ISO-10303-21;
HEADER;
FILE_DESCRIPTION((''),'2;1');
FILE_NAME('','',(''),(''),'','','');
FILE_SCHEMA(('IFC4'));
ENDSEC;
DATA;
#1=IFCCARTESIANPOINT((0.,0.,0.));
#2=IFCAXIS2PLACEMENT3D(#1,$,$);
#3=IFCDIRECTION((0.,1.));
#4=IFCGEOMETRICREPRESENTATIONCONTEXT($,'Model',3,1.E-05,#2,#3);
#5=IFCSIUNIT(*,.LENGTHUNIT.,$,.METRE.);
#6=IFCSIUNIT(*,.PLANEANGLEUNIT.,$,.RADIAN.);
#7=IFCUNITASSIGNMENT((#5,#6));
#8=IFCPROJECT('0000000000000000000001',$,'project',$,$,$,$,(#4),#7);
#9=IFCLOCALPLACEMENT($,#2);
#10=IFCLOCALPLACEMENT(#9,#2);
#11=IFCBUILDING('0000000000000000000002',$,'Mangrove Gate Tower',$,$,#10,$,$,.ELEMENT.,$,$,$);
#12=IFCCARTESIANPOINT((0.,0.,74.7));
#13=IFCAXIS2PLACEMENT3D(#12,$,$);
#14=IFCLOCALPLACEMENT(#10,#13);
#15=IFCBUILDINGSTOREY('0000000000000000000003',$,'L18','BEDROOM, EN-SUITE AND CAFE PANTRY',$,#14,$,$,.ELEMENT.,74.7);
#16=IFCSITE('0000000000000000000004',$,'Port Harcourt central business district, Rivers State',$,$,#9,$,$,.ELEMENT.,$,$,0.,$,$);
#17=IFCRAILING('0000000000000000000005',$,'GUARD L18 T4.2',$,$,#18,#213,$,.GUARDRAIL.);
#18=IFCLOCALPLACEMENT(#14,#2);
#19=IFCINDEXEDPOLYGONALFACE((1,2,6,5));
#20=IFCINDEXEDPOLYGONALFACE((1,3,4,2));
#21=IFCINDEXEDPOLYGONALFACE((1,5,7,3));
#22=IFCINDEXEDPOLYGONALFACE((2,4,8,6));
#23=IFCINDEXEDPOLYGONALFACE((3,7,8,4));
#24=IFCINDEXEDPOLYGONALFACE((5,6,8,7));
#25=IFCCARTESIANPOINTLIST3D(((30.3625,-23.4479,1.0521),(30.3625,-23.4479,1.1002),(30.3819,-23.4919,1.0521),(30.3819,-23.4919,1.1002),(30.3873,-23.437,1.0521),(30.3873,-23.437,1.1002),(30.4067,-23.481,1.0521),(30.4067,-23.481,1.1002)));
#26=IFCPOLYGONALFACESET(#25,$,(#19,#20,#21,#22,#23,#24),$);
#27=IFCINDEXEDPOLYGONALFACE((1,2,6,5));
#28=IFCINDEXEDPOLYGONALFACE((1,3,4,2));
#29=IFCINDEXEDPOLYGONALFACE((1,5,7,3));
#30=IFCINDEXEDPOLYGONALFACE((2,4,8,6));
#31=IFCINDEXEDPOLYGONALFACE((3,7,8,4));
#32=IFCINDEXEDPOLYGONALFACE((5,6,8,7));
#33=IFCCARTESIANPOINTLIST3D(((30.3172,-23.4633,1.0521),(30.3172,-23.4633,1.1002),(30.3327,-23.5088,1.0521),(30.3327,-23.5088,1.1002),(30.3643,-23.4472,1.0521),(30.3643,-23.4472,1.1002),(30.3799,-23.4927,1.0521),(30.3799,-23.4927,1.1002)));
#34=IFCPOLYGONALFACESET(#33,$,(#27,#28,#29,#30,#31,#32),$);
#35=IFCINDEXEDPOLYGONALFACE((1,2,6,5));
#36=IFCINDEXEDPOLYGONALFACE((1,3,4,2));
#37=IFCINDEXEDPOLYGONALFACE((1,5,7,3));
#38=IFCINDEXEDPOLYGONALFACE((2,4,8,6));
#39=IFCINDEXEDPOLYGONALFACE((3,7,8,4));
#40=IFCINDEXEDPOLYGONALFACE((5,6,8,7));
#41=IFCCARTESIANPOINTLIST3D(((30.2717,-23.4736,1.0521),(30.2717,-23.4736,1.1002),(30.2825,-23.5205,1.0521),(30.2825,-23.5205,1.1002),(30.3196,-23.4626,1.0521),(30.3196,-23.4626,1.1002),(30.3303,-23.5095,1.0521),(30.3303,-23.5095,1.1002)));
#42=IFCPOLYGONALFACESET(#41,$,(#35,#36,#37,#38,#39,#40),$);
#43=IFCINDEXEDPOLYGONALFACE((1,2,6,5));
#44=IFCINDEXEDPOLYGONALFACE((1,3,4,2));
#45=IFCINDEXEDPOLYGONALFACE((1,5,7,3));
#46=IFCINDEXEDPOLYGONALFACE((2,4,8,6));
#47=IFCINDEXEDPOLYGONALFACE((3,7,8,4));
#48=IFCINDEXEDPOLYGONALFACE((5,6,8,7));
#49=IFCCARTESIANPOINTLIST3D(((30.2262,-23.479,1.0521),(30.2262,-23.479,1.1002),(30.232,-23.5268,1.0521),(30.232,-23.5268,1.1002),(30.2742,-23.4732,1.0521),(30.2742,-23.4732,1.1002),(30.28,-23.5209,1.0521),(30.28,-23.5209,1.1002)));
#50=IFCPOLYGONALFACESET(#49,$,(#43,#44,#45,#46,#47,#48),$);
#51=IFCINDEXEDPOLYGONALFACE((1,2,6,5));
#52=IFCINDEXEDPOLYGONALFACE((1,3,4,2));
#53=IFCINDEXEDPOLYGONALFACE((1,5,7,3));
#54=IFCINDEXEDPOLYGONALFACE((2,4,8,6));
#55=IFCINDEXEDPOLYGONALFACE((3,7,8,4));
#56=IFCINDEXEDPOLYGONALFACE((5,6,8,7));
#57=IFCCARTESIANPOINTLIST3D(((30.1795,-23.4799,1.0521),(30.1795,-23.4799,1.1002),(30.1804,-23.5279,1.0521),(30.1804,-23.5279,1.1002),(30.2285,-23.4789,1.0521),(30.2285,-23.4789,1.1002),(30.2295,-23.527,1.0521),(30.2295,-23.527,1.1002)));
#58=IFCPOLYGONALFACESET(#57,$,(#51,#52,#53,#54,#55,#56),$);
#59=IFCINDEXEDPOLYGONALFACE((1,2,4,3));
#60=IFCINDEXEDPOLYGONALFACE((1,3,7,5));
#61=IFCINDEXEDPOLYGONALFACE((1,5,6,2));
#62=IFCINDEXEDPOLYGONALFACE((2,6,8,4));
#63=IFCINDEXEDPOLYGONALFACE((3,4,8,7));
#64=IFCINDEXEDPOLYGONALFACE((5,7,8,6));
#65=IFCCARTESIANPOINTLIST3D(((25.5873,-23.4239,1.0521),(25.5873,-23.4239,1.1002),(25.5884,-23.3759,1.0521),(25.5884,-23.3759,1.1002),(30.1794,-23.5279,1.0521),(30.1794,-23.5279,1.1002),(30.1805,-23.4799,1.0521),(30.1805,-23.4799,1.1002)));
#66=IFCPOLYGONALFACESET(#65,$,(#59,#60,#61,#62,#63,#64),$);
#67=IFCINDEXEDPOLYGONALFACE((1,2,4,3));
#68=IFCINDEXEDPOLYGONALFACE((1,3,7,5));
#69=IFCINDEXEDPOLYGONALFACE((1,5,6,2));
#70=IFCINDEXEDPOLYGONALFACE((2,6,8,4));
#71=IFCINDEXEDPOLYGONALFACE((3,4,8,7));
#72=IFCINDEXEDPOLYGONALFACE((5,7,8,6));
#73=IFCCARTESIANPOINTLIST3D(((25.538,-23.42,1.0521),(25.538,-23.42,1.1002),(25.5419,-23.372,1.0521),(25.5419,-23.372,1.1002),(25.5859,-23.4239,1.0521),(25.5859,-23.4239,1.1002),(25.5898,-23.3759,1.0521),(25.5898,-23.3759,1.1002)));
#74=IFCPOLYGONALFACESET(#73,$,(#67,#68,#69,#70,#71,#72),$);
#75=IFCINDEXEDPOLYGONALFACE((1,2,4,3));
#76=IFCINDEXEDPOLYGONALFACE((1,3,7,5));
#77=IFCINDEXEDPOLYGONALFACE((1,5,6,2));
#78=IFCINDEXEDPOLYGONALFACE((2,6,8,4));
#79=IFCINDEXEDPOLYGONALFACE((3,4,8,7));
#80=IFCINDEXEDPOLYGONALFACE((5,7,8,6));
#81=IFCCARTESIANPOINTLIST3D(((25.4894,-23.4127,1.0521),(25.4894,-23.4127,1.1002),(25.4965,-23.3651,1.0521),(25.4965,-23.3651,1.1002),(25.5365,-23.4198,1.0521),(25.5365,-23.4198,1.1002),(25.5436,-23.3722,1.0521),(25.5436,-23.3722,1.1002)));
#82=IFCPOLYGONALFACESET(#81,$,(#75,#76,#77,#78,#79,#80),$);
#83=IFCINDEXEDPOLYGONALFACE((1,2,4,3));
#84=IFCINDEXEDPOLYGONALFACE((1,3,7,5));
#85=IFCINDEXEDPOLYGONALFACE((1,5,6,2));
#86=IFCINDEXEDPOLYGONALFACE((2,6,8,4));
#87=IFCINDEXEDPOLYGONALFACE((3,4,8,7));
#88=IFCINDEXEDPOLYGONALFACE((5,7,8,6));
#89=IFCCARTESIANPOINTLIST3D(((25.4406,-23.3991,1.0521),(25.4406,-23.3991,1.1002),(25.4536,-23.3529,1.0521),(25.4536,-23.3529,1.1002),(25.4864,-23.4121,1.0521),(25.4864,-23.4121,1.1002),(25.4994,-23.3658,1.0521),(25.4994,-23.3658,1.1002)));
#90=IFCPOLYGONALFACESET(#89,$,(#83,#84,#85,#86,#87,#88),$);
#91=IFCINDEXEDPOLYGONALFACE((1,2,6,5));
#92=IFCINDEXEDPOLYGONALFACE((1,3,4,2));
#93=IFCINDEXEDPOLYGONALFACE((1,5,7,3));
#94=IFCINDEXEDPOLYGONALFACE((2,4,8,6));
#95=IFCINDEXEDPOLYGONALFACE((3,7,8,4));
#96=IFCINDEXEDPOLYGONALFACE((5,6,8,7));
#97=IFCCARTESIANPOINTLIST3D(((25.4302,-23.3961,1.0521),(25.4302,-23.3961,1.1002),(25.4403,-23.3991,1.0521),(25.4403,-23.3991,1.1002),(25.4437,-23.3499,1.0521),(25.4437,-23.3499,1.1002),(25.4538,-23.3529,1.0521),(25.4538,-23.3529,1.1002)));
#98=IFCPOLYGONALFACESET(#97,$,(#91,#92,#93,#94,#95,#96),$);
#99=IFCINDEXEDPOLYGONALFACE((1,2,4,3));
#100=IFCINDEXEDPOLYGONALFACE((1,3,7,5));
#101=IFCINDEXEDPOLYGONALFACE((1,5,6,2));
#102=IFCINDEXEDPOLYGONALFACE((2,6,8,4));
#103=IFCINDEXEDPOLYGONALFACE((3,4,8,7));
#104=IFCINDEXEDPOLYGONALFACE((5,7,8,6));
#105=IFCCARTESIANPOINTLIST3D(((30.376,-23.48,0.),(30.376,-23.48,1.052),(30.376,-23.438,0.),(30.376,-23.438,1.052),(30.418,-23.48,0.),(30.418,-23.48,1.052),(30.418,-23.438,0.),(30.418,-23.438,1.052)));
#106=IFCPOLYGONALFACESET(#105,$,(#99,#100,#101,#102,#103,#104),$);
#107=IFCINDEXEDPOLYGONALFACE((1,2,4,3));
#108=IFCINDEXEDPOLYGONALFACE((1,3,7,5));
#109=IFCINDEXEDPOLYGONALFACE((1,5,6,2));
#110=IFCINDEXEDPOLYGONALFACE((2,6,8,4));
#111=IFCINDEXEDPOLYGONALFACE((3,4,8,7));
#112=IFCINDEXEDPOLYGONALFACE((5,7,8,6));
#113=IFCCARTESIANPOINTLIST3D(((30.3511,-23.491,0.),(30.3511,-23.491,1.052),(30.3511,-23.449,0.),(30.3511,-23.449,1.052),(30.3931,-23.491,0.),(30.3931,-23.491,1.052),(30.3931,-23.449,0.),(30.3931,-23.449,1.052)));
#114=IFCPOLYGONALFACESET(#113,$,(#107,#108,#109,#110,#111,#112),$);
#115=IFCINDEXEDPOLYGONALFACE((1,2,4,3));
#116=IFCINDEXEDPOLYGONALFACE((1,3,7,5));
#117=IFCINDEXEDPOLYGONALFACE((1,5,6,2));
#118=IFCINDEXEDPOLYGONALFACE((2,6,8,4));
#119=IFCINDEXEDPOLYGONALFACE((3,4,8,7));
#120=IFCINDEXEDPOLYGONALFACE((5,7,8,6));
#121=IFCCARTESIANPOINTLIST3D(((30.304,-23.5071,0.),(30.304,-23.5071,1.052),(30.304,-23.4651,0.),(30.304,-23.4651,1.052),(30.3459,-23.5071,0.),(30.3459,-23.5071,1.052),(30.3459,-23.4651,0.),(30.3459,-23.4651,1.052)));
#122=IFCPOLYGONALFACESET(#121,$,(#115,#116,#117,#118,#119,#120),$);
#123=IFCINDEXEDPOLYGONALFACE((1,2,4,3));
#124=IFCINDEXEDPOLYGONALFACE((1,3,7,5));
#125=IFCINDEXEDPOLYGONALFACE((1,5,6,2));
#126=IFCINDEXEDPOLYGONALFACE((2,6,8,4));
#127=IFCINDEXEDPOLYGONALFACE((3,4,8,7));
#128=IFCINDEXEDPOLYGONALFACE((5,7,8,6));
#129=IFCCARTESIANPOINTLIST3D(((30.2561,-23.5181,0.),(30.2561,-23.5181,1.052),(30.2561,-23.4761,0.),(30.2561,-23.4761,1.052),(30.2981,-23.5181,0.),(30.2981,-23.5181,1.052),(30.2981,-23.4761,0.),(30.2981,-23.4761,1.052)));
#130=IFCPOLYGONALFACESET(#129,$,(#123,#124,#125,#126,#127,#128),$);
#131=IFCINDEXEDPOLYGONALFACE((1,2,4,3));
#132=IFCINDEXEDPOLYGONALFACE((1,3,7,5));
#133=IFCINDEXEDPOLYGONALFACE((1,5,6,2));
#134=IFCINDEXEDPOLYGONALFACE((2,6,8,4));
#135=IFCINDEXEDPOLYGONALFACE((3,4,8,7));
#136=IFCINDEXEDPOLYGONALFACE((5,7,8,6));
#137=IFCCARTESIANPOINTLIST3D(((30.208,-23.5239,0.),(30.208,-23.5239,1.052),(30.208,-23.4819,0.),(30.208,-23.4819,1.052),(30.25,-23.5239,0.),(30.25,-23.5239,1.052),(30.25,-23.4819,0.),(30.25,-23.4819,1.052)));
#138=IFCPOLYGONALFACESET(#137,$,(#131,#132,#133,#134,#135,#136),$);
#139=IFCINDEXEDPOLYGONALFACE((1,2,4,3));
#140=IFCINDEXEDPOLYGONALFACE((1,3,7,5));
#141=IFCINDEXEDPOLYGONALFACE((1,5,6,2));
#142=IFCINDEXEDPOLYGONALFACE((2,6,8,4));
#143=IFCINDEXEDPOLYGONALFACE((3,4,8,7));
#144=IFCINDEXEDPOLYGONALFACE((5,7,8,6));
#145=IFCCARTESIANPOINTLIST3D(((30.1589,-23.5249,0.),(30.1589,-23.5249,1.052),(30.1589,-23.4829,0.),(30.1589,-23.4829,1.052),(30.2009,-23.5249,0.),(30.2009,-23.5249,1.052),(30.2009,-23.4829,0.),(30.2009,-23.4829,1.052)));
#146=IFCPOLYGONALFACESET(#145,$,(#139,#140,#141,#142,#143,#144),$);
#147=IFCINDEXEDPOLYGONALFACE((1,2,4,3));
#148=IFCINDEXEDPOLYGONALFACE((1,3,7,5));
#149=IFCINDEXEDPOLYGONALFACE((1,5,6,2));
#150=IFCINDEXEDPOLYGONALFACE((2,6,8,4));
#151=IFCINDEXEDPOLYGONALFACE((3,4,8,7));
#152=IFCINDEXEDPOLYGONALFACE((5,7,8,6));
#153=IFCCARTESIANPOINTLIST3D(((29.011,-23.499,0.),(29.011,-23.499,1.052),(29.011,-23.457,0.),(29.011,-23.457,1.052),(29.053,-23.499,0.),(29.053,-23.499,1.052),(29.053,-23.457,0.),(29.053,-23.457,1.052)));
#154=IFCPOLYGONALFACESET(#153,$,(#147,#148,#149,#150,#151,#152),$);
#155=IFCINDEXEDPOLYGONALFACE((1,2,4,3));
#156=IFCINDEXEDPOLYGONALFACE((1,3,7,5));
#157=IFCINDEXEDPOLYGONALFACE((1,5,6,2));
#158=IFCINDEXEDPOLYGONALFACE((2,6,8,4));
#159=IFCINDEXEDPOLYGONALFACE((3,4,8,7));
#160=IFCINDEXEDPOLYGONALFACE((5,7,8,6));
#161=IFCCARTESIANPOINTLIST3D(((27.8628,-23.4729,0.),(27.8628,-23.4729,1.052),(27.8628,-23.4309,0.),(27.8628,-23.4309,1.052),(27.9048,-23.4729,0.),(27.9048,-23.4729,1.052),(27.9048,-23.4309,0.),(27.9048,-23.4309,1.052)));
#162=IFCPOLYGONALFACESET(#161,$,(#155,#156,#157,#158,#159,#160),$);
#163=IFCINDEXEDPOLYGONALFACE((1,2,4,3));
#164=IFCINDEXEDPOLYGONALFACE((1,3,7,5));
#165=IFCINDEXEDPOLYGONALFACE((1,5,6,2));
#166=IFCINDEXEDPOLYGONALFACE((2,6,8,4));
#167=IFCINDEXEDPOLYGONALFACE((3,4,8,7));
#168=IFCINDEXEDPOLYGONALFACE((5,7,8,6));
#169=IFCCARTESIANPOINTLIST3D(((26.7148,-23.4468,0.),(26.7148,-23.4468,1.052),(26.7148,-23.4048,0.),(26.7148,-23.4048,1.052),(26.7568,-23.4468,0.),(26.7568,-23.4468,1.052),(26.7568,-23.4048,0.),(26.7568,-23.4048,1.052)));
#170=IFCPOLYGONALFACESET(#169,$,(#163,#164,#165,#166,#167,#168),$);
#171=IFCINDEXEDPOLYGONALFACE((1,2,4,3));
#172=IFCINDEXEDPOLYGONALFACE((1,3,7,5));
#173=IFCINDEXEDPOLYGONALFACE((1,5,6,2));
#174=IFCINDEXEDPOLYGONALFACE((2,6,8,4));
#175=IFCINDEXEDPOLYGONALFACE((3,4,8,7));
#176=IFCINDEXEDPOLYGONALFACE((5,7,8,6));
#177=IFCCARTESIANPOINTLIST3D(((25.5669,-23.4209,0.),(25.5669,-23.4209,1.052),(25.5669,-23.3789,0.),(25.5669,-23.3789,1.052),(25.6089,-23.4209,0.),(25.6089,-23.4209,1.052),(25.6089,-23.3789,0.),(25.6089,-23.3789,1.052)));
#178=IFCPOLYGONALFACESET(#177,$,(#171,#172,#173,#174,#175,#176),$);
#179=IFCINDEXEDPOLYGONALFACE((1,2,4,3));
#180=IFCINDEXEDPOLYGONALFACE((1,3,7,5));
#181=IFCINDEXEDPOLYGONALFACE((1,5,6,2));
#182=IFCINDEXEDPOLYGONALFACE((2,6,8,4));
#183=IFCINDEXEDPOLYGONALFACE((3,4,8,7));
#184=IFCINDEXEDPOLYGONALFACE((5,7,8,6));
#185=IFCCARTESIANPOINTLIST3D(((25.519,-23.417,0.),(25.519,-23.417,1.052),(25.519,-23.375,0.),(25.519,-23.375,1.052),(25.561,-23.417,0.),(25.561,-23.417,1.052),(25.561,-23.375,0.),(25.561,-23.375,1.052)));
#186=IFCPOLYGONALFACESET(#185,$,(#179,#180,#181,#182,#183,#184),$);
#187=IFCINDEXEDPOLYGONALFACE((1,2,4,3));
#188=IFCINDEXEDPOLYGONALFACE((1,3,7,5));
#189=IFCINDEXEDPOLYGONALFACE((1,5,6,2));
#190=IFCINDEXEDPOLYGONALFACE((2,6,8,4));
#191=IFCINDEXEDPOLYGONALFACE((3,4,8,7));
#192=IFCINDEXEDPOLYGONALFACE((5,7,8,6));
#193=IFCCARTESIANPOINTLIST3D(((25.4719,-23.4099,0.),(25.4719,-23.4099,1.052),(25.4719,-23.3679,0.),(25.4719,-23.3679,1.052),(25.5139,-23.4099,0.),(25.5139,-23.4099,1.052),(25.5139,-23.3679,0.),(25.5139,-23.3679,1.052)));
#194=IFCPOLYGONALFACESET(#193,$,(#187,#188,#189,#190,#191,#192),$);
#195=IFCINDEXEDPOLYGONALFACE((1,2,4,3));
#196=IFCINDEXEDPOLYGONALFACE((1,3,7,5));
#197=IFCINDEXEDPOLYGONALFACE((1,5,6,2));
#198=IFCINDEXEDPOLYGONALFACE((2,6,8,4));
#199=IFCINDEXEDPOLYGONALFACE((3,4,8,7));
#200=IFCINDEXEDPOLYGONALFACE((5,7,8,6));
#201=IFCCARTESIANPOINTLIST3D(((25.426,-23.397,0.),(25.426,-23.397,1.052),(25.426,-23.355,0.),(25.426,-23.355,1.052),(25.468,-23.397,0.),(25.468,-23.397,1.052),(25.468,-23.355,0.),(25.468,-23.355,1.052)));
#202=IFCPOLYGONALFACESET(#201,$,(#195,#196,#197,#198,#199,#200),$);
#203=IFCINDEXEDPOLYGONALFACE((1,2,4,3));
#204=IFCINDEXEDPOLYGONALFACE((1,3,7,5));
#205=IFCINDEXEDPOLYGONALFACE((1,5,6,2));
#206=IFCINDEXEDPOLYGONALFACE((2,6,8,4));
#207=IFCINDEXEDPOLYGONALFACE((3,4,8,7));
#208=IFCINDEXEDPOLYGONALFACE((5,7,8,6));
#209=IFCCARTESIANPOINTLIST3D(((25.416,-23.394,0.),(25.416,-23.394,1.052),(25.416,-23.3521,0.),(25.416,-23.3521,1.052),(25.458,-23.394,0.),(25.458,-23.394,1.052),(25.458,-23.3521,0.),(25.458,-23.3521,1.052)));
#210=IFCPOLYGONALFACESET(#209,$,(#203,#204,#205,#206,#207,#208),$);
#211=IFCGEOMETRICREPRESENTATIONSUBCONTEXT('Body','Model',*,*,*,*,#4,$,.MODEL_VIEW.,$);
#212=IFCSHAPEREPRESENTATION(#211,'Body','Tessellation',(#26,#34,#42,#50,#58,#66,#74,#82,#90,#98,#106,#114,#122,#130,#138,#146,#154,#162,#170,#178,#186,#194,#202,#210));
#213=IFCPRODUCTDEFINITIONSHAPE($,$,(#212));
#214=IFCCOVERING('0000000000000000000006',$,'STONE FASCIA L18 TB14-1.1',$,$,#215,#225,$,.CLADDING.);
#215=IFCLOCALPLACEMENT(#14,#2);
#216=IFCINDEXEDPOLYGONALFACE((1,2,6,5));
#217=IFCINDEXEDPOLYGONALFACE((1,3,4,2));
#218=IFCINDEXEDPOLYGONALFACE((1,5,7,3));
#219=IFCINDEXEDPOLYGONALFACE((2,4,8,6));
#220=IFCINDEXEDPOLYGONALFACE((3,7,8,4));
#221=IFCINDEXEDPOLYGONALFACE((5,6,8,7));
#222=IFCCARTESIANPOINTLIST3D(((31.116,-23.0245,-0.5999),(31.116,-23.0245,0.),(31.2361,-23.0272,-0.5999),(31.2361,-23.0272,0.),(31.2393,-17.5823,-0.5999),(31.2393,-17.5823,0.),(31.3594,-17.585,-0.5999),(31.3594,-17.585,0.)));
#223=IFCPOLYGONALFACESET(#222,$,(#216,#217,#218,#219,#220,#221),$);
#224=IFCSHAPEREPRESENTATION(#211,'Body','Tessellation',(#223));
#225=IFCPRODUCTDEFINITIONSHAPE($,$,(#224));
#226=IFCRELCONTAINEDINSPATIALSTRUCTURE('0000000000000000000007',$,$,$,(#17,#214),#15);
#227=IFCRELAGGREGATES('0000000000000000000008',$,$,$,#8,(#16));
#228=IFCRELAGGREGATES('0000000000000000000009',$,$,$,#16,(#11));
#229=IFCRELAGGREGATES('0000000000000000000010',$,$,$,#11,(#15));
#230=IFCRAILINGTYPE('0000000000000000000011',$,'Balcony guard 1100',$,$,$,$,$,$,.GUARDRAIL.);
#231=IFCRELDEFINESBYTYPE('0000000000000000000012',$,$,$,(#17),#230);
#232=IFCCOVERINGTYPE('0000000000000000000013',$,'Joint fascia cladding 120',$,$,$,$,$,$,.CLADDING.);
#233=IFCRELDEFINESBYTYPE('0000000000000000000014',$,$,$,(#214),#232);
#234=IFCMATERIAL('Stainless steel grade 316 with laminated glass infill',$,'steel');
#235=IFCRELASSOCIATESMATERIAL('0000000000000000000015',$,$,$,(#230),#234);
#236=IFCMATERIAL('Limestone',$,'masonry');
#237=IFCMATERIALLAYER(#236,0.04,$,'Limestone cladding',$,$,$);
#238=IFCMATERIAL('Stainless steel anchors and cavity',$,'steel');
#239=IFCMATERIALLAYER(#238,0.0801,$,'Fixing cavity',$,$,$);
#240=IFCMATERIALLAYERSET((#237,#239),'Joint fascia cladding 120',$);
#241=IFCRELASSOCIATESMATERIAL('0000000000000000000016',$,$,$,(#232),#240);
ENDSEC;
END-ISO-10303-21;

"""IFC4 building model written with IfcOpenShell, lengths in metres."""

from ifc_helpers import new_model, si_unit, direction, frame, frame_2d, origin, origin_2d, place, context, subcontext, project, spatial, rectangle, extrude, material, layer, layer_set, type_object, element, save


model = new_model("IFC4")

# Units and contexts
model_context = context("Model", 3, precision=1e-05, world=origin(), true_north=direction((0.0, 1.0)))
body_context = subcontext(model_context, "Body", "Model", "MODEL_VIEW")
ifc_project = project(units=[si_unit("LENGTHUNIT", "METRE"), si_unit("PLANEANGLEUNIT", "RADIAN")], contexts=[model_context])

# Site, building, storey
site_placement = place(None, origin())
site = spatial("IfcSite", under=ifc_project, at=site_placement, Name="Port Harcourt central business district, Rivers State", CompositionType="ELEMENT", RefElevation=0.0)
building_placement = place(site_placement, origin())
building = spatial("IfcBuilding", under=site, at=building_placement, Name="Mangrove Gate Tower", CompositionType="ELEMENT")
storey_placement = place(building_placement, frame((0.0, 0.0, 74.7)))
storey = spatial("IfcBuildingStorey", under=building, at=storey_placement, Name="L18", Description="BEDROOM, EN-SUITE AND CAFE PANTRY", CompositionType="ELEMENT", Elevation=74.7)

# Shared definitions
ifc_material_1 = material(Name="Limestone", Category="masonry")

# Railing
ifc_material_2 = material(Name="Stainless steel grade 316 with laminated glass infill", Category="steel")
railing_type = type_object("IfcRailingType", Name="Balcony guard 1100", PredefinedType="GUARDRAIL", material=ifc_material_2)
railing_1_placement = place(storey_placement, frame((30.397, -23.459, 0.0)))
element("IfcRailing", 1, at=railing_1_placement, inside=storey, type_object=railing_type, Name="GUARD L18 T4.2", PredefinedType="GUARDRAIL", context=body_context, shape_type="SweptSolid", body=[
    extrude(rectangle(XDim=0.0481, YDim=0.0481, at=origin_2d()), frame((0.0, 0.0, 1.0762), z_axis=(-0.914918, -0.40364, 0.0), x_axis=(0.40364, -0.914918, 0.0)), (0.0, 0.0, 1.0), 0.0271),
    extrude(rectangle(XDim=0.0481, YDim=0.0481, at=origin_2d()), frame((-0.0249, -0.011, 1.0762), z_axis=(-0.946203, -0.323572, 0.0), x_axis=(0.323572, -0.946203, 0.0)), (0.0, 0.0, 1.0), 0.0498),
    extrude(rectangle(XDim=0.0481, YDim=0.0481, at=origin_2d()), frame((-0.072, -0.0271, 1.0762), z_axis=(-0.974642, -0.22377, 0.0), x_axis=(0.22377, -0.974642, 0.0)), (0.0, 0.0, 1.0), 0.0491),
    extrude(rectangle(XDim=0.0481, YDim=0.0481, at=origin_2d()), frame((-0.1199, -0.0381, 1.0762), z_axis=(-0.992661, -0.120933, 0.0), x_axis=(0.120933, -0.992661, 0.0)), (0.0, 0.0, 1.0), 0.0483),
    extrude(rectangle(XDim=0.0481, YDim=0.0481, at=origin_2d()), frame((-0.168, -0.0439, 1.0762), z_axis=(-0.999802, -0.019897, 0.0), x_axis=(0.019897, -0.999802, 0.0)), (0.0, 0.0, 1.0), 0.0491),
    extrude(rectangle(XDim=0.0481, YDim=0.0481, at=origin_2d()), frame((-0.217, -0.0449, 1.0762), z_axis=(-0.999744, 0.022643, 0.0), x_axis=(-0.022643, -0.999744, 0.0)), (0.0, 0.0, 1.0), 4.5933),
    extrude(rectangle(XDim=0.0481, YDim=0.0481, at=origin_2d()), frame((-4.8091, 0.0591, 1.0762), z_axis=(-0.996685, 0.081362, 0.0), x_axis=(-0.081362, -0.996685, 0.0)), (0.0, 0.0, 1.0), 0.0481),
    extrude(rectangle(XDim=0.0481, YDim=0.0481, at=origin_2d()), frame((-4.8569, 0.063, 1.0762), z_axis=(-0.988899, 0.148591, 0.0), x_axis=(-0.148591, -0.988899, 0.0)), (0.0, 0.0, 1.0), 0.0476),
    extrude(rectangle(XDim=0.0481, YDim=0.0481, at=origin_2d()), frame((-4.9041, 0.0701, 1.0762), z_axis=(-0.962484, 0.271339, 0.0), x_axis=(-0.271339, -0.962484, 0.0)), (0.0, 0.0, 1.0), 0.0476),
    extrude(rectangle(XDim=0.0481, YDim=0.0481, at=origin_2d()), frame((-4.95, 0.083, 1.0762), z_axis=(-0.959737, 0.280899, 0.0), x_axis=(-0.280899, -0.959737, 0.0)), (0.0, 0.0, 1.0), 0.0105),
    extrude(rectangle(XDim=0.042, YDim=0.042, at=origin_2d()), origin(), (0.0, 0.0, 1.0), 1.052),
    extrude(rectangle(XDim=0.042, YDim=0.042, at=origin_2d()), frame((-0.0249, -0.011, 0.0)), (0.0, 0.0, 1.0), 1.052),
    extrude(rectangle(XDim=0.042, YDim=0.042, at=origin_2d()), frame((-0.072, -0.0271, 0.0)), (0.0, 0.0, 1.0), 1.052),
    extrude(rectangle(XDim=0.042, YDim=0.042, at=origin_2d()), frame((-0.1199, -0.0381, 0.0)), (0.0, 0.0, 1.0), 1.052),
    extrude(rectangle(XDim=0.042, YDim=0.042, at=origin_2d()), frame((-0.168, -0.0439, 0.0)), (0.0, 0.0, 1.0), 1.052),
    extrude(rectangle(XDim=0.042, YDim=0.042, at=origin_2d()), frame((-0.217, -0.0449, 0.0)), (0.0, 0.0, 1.0), 1.052),
    extrude(rectangle(XDim=0.042, YDim=0.042, at=origin_2d()), frame((-1.365, -0.019, 0.0)), (0.0, 0.0, 1.0), 1.052),
    extrude(rectangle(XDim=0.042, YDim=0.042, at=origin_2d()), frame((-2.5132, 0.0071, 0.0)), (0.0, 0.0, 1.0), 1.052),
    extrude(rectangle(XDim=0.042, YDim=0.042, at=origin_2d()), frame((-3.6611, 0.0332, 0.0)), (0.0, 0.0, 1.0), 1.052),
    extrude(rectangle(XDim=0.042, YDim=0.042, at=origin_2d()), frame((-4.8091, 0.0591, 0.0)), (0.0, 0.0, 1.0), 1.052),
    extrude(rectangle(XDim=0.042, YDim=0.042, at=origin_2d()), frame((-4.8569, 0.063, 0.0)), (0.0, 0.0, 1.0), 1.052),
    extrude(rectangle(XDim=0.042, YDim=0.042, at=origin_2d()), frame((-4.9041, 0.0701, 0.0)), (0.0, 0.0, 1.0), 1.052),
    extrude(rectangle(XDim=0.042, YDim=0.042, at=origin_2d()), frame((-4.95, 0.083, 0.0)), (0.0, 0.0, 1.0), 1.052),
    extrude(rectangle(XDim=0.042, YDim=0.042, at=origin_2d()), frame((-4.96, 0.0859, 0.0)), (0.0, 0.0, 1.0), 1.052),
])

# Covering
ifc_layer_1 = layer(ifc_material_1, 0.04, Name="Limestone cladding")
ifc_material_3 = material(Name="Stainless steel anchors and cavity", Category="steel")
ifc_layer_2 = layer(ifc_material_3, 0.0801, Name="Fixing cavity")
ifc_layer_set_1 = layer_set([ifc_layer_1, ifc_layer_2], Name="Joint fascia cladding 120")
covering_type = type_object("IfcCoveringType", Name="Joint fascia cladding 120", PredefinedType="CLADDING", material=ifc_layer_set_1)
covering_1_placement = place(storey_placement, frame((31.2993, -17.5837, -0.5999), z_axis=(0.0, 0.0, 1.0), x_axis=(-0.022649, -0.999743, 0.0)))
element("IfcCovering", 2, at=covering_1_placement, inside=storey, type_object=covering_type, Name="STONE FASCIA L18 TB14-1.1", PredefinedType="CLADDING", context=body_context, shape_type="SweptSolid", body=[
    extrude(rectangle(XDim=5.4436, YDim=0.1201, at=frame_2d((2.7217, 0.0))), origin(), (0.0, 0.0, 1.0), 0.5999),
])

save(model, "model.ifc")
